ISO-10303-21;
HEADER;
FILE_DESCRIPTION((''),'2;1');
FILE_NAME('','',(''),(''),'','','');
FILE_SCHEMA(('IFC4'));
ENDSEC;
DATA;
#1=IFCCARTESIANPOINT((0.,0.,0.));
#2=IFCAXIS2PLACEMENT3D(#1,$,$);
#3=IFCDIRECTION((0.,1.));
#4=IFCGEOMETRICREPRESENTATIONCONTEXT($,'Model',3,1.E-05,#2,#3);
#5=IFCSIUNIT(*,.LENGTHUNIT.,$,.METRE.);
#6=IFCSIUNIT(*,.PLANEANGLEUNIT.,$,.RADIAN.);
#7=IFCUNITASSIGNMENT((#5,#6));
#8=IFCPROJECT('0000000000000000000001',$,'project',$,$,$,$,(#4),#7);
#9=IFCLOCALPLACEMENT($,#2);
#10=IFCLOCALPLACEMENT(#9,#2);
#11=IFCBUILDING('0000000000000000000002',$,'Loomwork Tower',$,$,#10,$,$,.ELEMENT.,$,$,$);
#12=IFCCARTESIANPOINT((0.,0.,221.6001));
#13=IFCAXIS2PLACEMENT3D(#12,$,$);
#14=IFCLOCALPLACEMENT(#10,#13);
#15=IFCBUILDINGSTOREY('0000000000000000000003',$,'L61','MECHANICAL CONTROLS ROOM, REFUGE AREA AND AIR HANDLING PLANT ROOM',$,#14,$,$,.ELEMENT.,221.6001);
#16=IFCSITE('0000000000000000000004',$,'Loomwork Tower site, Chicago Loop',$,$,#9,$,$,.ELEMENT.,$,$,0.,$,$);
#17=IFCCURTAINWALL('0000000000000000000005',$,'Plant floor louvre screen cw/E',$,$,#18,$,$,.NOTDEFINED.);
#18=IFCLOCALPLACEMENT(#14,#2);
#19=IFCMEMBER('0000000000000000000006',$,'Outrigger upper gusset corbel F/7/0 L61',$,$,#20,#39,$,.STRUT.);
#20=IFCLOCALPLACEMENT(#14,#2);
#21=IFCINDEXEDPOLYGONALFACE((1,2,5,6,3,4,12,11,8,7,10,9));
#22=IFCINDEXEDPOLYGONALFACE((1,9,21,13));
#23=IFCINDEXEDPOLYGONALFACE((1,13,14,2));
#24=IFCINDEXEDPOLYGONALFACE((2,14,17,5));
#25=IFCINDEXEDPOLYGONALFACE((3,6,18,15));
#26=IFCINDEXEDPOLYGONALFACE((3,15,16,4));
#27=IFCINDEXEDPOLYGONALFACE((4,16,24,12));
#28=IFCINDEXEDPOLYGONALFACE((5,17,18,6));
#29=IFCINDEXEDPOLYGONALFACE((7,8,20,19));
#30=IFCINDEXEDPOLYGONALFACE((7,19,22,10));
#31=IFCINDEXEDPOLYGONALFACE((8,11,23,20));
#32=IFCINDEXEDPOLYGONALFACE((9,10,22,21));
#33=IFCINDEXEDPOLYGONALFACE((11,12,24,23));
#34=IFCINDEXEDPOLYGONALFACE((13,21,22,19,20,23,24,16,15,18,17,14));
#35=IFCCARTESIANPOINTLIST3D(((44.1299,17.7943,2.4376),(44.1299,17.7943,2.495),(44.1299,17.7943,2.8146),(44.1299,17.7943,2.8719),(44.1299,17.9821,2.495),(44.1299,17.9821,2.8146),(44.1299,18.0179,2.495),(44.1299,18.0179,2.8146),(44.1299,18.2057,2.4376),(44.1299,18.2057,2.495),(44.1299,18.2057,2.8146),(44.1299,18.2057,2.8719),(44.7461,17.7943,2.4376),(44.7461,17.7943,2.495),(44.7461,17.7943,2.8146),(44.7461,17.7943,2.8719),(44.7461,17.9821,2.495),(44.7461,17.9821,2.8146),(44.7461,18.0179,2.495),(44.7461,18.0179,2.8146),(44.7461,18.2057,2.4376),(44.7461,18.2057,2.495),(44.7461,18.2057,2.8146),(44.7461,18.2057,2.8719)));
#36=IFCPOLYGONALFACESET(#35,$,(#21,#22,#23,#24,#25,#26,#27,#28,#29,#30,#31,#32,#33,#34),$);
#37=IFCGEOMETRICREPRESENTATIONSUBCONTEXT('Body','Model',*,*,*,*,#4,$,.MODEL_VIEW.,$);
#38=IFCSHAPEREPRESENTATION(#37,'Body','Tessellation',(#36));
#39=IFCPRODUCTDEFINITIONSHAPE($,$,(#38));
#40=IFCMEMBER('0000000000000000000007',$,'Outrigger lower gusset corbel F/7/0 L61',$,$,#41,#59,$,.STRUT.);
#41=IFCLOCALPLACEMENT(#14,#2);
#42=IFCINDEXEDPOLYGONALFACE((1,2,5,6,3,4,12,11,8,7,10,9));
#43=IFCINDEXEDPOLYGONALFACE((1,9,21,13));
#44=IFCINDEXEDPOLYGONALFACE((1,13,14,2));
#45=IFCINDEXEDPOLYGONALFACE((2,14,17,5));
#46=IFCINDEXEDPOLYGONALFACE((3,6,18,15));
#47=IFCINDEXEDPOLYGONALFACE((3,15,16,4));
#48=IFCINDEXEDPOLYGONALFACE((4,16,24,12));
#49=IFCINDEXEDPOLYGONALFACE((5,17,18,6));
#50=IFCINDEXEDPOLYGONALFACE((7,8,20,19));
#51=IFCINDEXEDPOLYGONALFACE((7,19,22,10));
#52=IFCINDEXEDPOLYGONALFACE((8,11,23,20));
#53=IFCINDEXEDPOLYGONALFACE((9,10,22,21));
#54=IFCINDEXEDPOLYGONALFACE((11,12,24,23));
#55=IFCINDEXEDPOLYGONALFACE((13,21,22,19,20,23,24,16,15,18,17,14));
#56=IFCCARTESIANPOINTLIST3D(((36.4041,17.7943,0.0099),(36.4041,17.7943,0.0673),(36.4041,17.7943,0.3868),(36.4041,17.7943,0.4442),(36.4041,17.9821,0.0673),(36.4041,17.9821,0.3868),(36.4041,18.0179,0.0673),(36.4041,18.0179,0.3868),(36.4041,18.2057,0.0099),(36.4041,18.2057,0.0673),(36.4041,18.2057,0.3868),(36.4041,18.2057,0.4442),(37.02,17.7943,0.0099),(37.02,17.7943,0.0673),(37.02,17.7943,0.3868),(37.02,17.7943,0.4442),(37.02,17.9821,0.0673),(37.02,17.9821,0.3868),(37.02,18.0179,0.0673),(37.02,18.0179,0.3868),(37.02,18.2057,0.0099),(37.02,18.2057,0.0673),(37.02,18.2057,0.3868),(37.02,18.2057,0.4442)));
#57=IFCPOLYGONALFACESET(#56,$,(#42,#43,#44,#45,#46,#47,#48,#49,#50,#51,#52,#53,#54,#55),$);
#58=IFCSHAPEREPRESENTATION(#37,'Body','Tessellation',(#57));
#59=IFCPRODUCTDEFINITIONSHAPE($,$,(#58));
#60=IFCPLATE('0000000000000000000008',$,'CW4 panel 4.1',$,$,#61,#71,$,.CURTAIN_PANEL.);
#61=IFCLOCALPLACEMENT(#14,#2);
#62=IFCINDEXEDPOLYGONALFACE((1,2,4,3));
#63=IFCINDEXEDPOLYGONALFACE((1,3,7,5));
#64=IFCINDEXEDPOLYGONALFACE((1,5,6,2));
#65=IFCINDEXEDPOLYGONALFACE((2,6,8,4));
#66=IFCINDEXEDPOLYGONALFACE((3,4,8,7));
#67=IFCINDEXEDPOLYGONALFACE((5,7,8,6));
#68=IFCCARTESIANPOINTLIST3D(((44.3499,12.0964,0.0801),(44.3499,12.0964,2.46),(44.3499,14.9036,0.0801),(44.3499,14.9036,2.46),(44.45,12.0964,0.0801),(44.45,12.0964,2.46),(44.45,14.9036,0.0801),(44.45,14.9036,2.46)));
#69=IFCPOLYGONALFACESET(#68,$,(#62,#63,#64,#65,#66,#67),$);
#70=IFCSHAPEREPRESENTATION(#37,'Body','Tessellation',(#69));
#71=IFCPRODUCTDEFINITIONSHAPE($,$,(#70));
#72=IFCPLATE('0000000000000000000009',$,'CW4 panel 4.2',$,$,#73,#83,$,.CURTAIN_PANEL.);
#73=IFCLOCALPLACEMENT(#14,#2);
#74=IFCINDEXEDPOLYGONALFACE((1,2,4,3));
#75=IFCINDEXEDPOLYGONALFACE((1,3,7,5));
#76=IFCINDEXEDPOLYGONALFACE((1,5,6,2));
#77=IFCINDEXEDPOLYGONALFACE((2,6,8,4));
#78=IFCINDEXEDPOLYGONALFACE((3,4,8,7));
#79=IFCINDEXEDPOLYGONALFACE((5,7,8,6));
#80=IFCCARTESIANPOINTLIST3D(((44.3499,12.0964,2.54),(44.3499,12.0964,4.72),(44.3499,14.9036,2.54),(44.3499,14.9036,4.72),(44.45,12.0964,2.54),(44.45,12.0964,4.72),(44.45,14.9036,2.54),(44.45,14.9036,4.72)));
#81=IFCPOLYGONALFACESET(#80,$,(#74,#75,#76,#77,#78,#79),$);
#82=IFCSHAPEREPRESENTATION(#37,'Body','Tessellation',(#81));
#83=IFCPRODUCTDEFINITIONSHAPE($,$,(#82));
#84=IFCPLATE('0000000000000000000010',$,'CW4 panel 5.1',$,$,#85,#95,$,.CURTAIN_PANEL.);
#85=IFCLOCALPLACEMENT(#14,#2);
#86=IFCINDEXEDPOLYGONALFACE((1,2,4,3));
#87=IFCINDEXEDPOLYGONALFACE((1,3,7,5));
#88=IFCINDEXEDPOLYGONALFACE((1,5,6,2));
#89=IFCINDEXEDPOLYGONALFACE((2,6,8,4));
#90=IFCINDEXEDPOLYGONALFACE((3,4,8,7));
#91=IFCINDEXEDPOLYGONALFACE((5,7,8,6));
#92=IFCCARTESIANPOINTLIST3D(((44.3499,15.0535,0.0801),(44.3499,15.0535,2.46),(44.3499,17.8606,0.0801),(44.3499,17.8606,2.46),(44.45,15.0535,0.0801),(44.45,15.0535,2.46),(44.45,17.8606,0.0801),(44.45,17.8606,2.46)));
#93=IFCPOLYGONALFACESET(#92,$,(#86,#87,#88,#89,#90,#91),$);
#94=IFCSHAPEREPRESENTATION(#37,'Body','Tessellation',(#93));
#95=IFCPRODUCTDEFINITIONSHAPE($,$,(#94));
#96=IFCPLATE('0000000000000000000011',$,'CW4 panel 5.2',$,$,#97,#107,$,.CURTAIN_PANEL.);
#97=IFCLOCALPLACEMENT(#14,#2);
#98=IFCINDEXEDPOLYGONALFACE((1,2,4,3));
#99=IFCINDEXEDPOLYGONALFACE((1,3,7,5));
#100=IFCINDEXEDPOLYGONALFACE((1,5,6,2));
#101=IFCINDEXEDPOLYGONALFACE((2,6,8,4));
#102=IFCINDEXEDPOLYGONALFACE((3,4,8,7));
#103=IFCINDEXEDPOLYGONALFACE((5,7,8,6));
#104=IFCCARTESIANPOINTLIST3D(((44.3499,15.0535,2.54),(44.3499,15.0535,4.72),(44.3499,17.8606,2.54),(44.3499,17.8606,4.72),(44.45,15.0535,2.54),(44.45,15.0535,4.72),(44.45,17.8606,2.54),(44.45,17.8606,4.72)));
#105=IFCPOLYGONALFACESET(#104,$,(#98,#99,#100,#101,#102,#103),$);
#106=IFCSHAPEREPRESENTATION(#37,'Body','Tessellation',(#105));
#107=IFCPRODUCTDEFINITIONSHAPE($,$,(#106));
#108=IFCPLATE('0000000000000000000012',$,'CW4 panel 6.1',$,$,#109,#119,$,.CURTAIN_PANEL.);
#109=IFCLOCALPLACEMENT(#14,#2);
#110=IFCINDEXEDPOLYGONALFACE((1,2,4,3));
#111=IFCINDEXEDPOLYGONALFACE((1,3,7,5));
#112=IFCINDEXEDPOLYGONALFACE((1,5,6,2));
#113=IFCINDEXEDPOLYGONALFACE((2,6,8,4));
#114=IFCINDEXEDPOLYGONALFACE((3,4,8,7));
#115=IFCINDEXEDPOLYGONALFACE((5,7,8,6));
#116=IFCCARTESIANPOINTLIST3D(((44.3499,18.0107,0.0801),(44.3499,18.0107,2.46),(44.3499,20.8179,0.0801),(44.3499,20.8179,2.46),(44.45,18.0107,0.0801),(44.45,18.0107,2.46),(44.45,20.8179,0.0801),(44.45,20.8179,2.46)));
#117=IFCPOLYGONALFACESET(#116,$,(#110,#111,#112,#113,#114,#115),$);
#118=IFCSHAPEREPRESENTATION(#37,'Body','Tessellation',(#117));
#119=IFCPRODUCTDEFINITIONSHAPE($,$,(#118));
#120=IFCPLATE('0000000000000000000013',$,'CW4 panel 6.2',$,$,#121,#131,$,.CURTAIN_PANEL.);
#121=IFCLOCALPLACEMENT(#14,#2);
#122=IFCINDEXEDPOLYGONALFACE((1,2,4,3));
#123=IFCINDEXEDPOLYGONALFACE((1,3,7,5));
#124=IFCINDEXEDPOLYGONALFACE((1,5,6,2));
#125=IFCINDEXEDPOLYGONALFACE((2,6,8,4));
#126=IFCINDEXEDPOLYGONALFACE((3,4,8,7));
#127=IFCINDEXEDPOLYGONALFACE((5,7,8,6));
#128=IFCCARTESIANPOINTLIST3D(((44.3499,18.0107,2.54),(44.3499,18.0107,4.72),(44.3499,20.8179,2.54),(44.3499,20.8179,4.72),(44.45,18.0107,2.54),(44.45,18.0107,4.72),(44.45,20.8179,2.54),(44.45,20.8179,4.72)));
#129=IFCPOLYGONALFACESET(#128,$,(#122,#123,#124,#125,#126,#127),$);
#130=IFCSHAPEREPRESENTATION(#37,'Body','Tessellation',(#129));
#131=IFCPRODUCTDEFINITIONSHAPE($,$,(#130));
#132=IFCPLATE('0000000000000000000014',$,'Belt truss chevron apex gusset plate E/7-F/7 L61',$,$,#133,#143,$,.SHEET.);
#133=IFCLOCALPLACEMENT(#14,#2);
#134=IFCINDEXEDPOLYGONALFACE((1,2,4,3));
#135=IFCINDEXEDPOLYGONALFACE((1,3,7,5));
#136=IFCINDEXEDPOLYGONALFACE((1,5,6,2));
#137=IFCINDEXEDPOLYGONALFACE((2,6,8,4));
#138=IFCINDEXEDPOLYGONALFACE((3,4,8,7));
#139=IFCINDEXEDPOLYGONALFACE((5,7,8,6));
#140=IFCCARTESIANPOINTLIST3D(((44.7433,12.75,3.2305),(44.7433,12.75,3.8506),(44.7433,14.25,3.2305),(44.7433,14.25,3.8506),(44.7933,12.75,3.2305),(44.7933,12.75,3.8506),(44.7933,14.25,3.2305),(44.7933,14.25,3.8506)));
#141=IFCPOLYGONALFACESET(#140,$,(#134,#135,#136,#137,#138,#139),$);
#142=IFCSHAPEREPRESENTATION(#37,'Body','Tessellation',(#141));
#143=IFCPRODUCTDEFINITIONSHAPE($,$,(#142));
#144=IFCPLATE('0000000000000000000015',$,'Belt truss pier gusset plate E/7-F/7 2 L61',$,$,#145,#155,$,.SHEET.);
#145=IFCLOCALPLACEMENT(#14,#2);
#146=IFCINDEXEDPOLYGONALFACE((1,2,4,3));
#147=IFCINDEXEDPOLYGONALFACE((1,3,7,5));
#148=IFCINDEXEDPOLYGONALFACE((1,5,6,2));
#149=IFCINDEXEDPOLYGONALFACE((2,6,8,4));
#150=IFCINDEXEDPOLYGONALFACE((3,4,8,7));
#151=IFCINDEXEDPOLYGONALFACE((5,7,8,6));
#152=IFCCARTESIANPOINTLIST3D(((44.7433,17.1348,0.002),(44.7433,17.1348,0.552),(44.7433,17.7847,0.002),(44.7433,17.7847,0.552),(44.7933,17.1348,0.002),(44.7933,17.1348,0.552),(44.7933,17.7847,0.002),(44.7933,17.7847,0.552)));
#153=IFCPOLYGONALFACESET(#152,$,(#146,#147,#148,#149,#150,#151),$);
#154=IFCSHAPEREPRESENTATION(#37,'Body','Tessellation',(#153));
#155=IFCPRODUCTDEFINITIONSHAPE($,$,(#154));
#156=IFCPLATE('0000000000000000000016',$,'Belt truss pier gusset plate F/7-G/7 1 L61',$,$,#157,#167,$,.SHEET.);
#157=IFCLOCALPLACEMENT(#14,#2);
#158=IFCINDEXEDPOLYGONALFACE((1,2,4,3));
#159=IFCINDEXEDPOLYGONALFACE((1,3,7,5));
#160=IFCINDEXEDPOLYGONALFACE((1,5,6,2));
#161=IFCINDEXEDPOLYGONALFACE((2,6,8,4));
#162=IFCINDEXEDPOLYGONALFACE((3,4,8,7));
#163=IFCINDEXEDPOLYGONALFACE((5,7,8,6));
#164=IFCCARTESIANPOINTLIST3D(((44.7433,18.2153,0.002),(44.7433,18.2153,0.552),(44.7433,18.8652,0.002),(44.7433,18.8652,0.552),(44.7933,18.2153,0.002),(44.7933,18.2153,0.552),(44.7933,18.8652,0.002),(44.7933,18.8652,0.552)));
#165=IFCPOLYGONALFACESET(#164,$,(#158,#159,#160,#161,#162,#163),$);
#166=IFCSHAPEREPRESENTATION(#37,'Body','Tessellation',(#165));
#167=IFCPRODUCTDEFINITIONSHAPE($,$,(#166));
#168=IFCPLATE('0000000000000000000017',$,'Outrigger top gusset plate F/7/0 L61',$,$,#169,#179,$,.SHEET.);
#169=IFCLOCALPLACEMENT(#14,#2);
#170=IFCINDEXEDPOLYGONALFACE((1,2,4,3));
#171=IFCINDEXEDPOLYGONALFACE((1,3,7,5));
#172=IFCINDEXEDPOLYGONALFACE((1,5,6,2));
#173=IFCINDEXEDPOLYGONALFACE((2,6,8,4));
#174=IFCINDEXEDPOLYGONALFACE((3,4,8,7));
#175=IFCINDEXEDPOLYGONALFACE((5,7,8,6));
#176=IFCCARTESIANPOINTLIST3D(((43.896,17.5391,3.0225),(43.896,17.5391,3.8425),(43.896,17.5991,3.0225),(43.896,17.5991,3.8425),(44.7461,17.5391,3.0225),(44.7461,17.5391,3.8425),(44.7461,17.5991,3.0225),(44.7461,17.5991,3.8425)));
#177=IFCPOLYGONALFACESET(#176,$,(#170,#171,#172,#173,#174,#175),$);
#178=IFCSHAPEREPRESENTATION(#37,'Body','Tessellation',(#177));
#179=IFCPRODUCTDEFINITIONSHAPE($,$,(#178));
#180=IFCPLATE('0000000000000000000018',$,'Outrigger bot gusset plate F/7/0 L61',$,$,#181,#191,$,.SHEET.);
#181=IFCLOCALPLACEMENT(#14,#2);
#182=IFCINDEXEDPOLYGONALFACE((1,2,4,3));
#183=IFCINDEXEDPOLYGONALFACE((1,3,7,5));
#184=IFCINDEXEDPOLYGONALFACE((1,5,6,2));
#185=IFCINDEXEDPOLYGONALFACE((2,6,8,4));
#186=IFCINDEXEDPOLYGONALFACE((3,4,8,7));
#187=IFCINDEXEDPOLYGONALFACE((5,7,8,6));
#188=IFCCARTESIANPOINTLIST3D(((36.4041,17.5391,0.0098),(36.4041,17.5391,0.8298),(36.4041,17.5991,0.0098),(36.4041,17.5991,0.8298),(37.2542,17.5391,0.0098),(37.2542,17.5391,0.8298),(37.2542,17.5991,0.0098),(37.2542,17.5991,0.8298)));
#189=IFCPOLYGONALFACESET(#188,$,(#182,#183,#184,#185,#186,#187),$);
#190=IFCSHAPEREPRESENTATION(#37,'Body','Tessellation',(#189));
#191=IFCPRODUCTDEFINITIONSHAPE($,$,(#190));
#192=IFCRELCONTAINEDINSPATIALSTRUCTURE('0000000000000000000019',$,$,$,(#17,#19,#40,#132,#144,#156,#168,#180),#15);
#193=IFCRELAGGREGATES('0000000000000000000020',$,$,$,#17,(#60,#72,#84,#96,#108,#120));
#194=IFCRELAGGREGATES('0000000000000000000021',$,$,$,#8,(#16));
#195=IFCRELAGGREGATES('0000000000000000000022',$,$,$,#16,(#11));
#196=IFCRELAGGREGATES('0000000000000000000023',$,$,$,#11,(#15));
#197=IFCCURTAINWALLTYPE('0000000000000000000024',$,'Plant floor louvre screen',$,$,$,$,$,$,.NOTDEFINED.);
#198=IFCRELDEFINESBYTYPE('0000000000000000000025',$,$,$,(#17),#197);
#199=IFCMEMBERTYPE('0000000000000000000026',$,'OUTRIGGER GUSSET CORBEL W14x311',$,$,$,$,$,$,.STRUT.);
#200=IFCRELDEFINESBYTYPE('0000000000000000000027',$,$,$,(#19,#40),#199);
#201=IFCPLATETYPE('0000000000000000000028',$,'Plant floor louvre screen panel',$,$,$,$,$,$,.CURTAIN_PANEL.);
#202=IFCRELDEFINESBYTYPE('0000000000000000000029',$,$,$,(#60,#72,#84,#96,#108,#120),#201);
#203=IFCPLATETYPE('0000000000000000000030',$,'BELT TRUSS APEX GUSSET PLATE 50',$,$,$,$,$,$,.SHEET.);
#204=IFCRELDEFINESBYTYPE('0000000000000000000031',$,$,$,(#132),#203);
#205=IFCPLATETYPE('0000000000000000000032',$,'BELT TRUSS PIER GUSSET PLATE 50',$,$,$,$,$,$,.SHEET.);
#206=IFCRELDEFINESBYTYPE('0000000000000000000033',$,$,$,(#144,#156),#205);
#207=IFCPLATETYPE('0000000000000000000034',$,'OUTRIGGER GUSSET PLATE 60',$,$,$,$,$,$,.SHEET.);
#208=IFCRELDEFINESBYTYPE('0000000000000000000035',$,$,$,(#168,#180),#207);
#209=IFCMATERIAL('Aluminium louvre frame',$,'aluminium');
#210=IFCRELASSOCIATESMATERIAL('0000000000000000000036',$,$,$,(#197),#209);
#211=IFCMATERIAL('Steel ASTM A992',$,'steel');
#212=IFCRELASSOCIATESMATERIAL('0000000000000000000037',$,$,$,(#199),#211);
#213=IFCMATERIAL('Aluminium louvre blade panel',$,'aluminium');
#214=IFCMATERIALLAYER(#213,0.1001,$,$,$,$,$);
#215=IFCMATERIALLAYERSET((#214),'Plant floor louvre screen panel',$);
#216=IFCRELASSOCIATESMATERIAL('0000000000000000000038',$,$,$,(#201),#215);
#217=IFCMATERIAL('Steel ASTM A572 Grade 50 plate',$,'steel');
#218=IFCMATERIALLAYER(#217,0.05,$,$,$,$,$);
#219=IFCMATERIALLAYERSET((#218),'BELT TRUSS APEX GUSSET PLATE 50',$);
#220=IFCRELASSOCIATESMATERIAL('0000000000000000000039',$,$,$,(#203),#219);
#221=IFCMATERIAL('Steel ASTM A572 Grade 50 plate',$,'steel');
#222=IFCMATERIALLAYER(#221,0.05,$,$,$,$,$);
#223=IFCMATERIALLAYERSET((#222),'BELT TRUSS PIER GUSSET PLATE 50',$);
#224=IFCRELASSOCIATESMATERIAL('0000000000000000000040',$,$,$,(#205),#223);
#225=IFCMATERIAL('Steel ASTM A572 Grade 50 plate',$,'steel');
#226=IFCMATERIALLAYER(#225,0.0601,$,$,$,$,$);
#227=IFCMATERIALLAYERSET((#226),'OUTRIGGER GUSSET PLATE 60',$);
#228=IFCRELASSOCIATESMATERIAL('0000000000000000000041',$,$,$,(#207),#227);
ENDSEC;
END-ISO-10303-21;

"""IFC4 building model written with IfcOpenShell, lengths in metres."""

from ifc_helpers import new_model, si_unit, direction, frame, origin, origin_2d, place, context, subcontext, project, spatial, rectangle, i_section, extrude, material, layer, layer_set, material_profile, profile_set, type_object, element, aggregate, save


model = new_model("IFC4")

# Units and contexts
model_context = context("Model", 3, precision=1e-05, world=origin(), true_north=direction((0.0, 1.0)))
body_context = subcontext(model_context, "Body", "Model", "MODEL_VIEW")
ifc_project = project(units=[si_unit("LENGTHUNIT", "METRE"), si_unit("PLANEANGLEUNIT", "RADIAN")], contexts=[model_context])

# Site, building, storey
site_placement = place(None, origin())
site = spatial("IfcSite", under=ifc_project, at=site_placement, Name="Loomwork Tower site, Chicago Loop", CompositionType="ELEMENT", RefElevation=0.0)
building_placement = place(site_placement, origin())
building = spatial("IfcBuilding", under=site, at=building_placement, Name="Loomwork Tower", CompositionType="ELEMENT")
storey_placement = place(building_placement, frame((0.0, 0.0, 221.6001)))
storey = spatial("IfcBuildingStorey", under=building, at=storey_placement, Name="L61", Description="MECHANICAL CONTROLS ROOM, REFUGE AREA AND AIR HANDLING PLANT ROOM", CompositionType="ELEMENT", Elevation=221.6001)

# Curtain wall
ifc_material_1 = material(Name="Aluminium louvre frame", Category="aluminium")
curtain_wall_type = type_object("IfcCurtainWallType", Name="Plant floor louvre screen", PredefinedType="NOTDEFINED", material=ifc_material_1)
curtain_wall_placement = place(storey_placement, origin())
curtain_wall = element("IfcCurtainWall", 1, at=curtain_wall_placement, inside=storey, type_object=curtain_wall_type, Name="Plant floor louvre screen cw/E", PredefinedType="NOTDEFINED")

# Members
ifc_material_2 = material(Name="Steel ASTM A992", Category="steel")
ifc_material_profile_1 = material_profile(ifc_material_2, i_section(OverallWidth=0.4114, OverallDepth=0.4343, WebThickness=0.0359, FlangeThickness=0.0574, at=origin_2d()), Name="W14x311")
ifc_profile_set_1 = profile_set([ifc_material_profile_1], Name="Steel ASTM A992")
member_type_1 = type_object("IfcMemberType", Name="OUTRIGGER GUSSET CORBEL W14x311", PredefinedType="STRUT", material=ifc_profile_set_1)
member_1_placement = place(storey_placement, frame((44.7461, 18.0, 2.6548), z_axis=(-1.0, 0.0, 0.0), x_axis=(0.0, -1.0, 0.0)))
element("IfcMember", 2, at=member_1_placement, inside=storey, type_object=member_type_1, Name="Outrigger upper gusset corbel F/7/0 L61", PredefinedType="STRUT", context=body_context, shape_type="SweptSolid", body=[
    extrude(i_section(OverallWidth=0.4114, OverallDepth=0.4343, WebThickness=0.0359, FlangeThickness=0.0574, at=origin_2d()), origin(), (0.0, 0.0, 1.0), 0.6162),
])
member_2_placement = place(storey_placement, frame((36.4041, 18.0, 0.2271), z_axis=(1.0, 0.0, 0.0), x_axis=(0.0, 1.0, 0.0)))
element("IfcMember", 3, at=member_2_placement, inside=storey, type_object=member_type_1, Name="Outrigger lower gusset corbel F/7/0 L61", PredefinedType="STRUT", context=body_context, shape_type="SweptSolid", body=[
    extrude(i_section(OverallWidth=0.4114, OverallDepth=0.4343, WebThickness=0.0359, FlangeThickness=0.0574, at=origin_2d()), origin(), (0.0, 0.0, 1.0), 0.616),
])

# Plates
ifc_material_3 = material(Name="Aluminium louvre blade panel", Category="aluminium")
ifc_layer_1 = layer(ifc_material_3, 0.1001)
ifc_layer_set_1 = layer_set([ifc_layer_1], Name="Plant floor louvre screen panel")
plate_type_1 = type_object("IfcPlateType", Name="Plant floor louvre screen panel", PredefinedType="CURTAIN_PANEL", material=ifc_layer_set_1)
plate_1_placement = place(storey_placement, frame((44.3999, 13.5, 0.0801), z_axis=(0.0, 0.0, 1.0), x_axis=(0.0, 1.0, 0.0)))
plate_1 = element("IfcPlate", 4, at=plate_1_placement, type_object=plate_type_1, Name="CW4 panel 4.1", PredefinedType="CURTAIN_PANEL", context=body_context, shape_type="SweptSolid", body=[
    extrude(rectangle(XDim=2.8071, YDim=0.1001, at=origin_2d()), origin(), (0.0, 0.0, 1.0), 2.3799),
])
plate_2_placement = place(storey_placement, frame((44.3999, 13.5, 2.54), z_axis=(0.0, 0.0, 1.0), x_axis=(0.0, 1.0, 0.0)))
plate_2 = element("IfcPlate", 5, at=plate_2_placement, type_object=plate_type_1, Name="CW4 panel 4.2", PredefinedType="CURTAIN_PANEL", context=body_context, shape_type="SweptSolid", body=[
    extrude(rectangle(XDim=2.8071, YDim=0.1001, at=origin_2d()), origin(), (0.0, 0.0, 1.0), 2.1799),
])
plate_3_placement = place(storey_placement, frame((44.3999, 16.457, 0.0801), z_axis=(0.0, 0.0, 1.0), x_axis=(0.0, 1.0, 0.0)))
plate_3 = element("IfcPlate", 6, at=plate_3_placement, type_object=plate_type_1, Name="CW4 panel 5.1", PredefinedType="CURTAIN_PANEL", context=body_context, shape_type="SweptSolid", body=[
    extrude(rectangle(XDim=2.8071, YDim=0.1001, at=origin_2d()), origin(), (0.0, 0.0, 1.0), 2.3799),
])
plate_4_placement = place(storey_placement, frame((44.3999, 16.457, 2.54), z_axis=(0.0, 0.0, 1.0), x_axis=(0.0, 1.0, 0.0)))
plate_4 = element("IfcPlate", 7, at=plate_4_placement, type_object=plate_type_1, Name="CW4 panel 5.2", PredefinedType="CURTAIN_PANEL", context=body_context, shape_type="SweptSolid", body=[
    extrude(rectangle(XDim=2.8071, YDim=0.1001, at=origin_2d()), origin(), (0.0, 0.0, 1.0), 2.1799),
])
plate_5_placement = place(storey_placement, frame((44.3999, 19.4143, 0.0801), z_axis=(0.0, 0.0, 1.0), x_axis=(0.0, 1.0, 0.0)))
plate_5 = element("IfcPlate", 8, at=plate_5_placement, type_object=plate_type_1, Name="CW4 panel 6.1", PredefinedType="CURTAIN_PANEL", context=body_context, shape_type="SweptSolid", body=[
    extrude(rectangle(XDim=2.8071, YDim=0.1001, at=origin_2d()), origin(), (0.0, 0.0, 1.0), 2.3799),
])
plate_6_placement = place(storey_placement, frame((44.3999, 19.4143, 2.54), z_axis=(0.0, 0.0, 1.0), x_axis=(0.0, 1.0, 0.0)))
plate_6 = element("IfcPlate", 9, at=plate_6_placement, type_object=plate_type_1, Name="CW4 panel 6.2", PredefinedType="CURTAIN_PANEL", context=body_context, shape_type="SweptSolid", body=[
    extrude(rectangle(XDim=2.8071, YDim=0.1001, at=origin_2d()), origin(), (0.0, 0.0, 1.0), 2.1799),
])
aggregate(curtain_wall, [plate_1, plate_2, plate_3, plate_4, plate_5, plate_6])

# Plates
ifc_material_4 = material(Name="Steel ASTM A572 Grade 50 plate", Category="steel")
ifc_layer_2 = layer(ifc_material_4, 0.05)
ifc_layer_set_2 = layer_set([ifc_layer_2], Name="BELT TRUSS APEX GUSSET PLATE 50")
plate_type_2 = type_object("IfcPlateType", Name="BELT TRUSS APEX GUSSET PLATE 50", PredefinedType="SHEET", material=ifc_layer_set_2)
plate_7_placement = place(storey_placement, frame((44.7683, 13.5, 3.2305), z_axis=(0.0, 0.0, 1.0), x_axis=(0.0, 1.0, 0.0)))
element("IfcPlate", 10, at=plate_7_placement, inside=storey, type_object=plate_type_2, Name="Belt truss chevron apex gusset plate E/7-F/7 L61", PredefinedType="SHEET", context=body_context, shape_type="SweptSolid", body=[
    extrude(rectangle(XDim=1.5, YDim=0.05, at=origin_2d()), origin(), (0.0, 0.0, 1.0), 0.6201),
])
ifc_material_5 = material(Name="Steel ASTM A572 Grade 50 plate", Category="steel")
ifc_layer_3 = layer(ifc_material_5, 0.05)
ifc_layer_set_3 = layer_set([ifc_layer_3], Name="BELT TRUSS PIER GUSSET PLATE 50")
plate_type_3 = type_object("IfcPlateType", Name="BELT TRUSS PIER GUSSET PLATE 50", PredefinedType="SHEET", material=ifc_layer_set_3)
for number, where, z_axis, x_axis, name in (
    (11, (44.7683, 17.4597, 0.002), (0.0, 0.0, 1.0), (0.0, 1.0, 0.0), "Belt truss pier gusset plate E/7-F/7 2 L61"),
    (12, (44.7683, 18.5403, 0.002), (0.0, 0.0, 1.0), (0.0, 1.0, 0.0), "Belt truss pier gusset plate F/7-G/7 1 L61"),
):
    element("IfcPlate", number, at=place(storey_placement, frame(where, z_axis=z_axis, x_axis=x_axis)), inside=storey, type_object=plate_type_3, Name=name, PredefinedType="SHEET", context=body_context, shape_type="SweptSolid", body=[
        extrude(rectangle(XDim=0.6499, YDim=0.05, at=origin_2d()), origin(), (0.0, 0.0, 1.0), 0.55),
    ])
ifc_material_6 = material(Name="Steel ASTM A572 Grade 50 plate", Category="steel")
ifc_layer_4 = layer(ifc_material_6, 0.0601)
ifc_layer_set_4 = layer_set([ifc_layer_4], Name="OUTRIGGER GUSSET PLATE 60")
plate_type_4 = type_object("IfcPlateType", Name="OUTRIGGER GUSSET PLATE 60", PredefinedType="SHEET", material=ifc_layer_set_4)
for number, where, z_axis, x_axis, name in (
    (13, (44.321, 17.5691, 3.0225), (0.0, 0.0, 1.0), (1.0, 0.0, 0.0), "Outrigger top gusset plate F/7/0 L61"),
    (14, (36.8291, 17.5691, 0.0098), (0.0, 0.0, 1.0), (1.0, 0.0, 0.0), "Outrigger bot gusset plate F/7/0 L61"),
):
    element("IfcPlate", number, at=place(storey_placement, frame(where, z_axis=z_axis, x_axis=x_axis)), inside=storey, type_object=plate_type_4, Name=name, PredefinedType="SHEET", context=body_context, shape_type="SweptSolid", body=[
        extrude(rectangle(XDim=0.8501, YDim=0.0601, at=origin_2d()), origin(), (0.0, 0.0, 1.0), 0.8201),
    ])

save(model, "model.ifc")
